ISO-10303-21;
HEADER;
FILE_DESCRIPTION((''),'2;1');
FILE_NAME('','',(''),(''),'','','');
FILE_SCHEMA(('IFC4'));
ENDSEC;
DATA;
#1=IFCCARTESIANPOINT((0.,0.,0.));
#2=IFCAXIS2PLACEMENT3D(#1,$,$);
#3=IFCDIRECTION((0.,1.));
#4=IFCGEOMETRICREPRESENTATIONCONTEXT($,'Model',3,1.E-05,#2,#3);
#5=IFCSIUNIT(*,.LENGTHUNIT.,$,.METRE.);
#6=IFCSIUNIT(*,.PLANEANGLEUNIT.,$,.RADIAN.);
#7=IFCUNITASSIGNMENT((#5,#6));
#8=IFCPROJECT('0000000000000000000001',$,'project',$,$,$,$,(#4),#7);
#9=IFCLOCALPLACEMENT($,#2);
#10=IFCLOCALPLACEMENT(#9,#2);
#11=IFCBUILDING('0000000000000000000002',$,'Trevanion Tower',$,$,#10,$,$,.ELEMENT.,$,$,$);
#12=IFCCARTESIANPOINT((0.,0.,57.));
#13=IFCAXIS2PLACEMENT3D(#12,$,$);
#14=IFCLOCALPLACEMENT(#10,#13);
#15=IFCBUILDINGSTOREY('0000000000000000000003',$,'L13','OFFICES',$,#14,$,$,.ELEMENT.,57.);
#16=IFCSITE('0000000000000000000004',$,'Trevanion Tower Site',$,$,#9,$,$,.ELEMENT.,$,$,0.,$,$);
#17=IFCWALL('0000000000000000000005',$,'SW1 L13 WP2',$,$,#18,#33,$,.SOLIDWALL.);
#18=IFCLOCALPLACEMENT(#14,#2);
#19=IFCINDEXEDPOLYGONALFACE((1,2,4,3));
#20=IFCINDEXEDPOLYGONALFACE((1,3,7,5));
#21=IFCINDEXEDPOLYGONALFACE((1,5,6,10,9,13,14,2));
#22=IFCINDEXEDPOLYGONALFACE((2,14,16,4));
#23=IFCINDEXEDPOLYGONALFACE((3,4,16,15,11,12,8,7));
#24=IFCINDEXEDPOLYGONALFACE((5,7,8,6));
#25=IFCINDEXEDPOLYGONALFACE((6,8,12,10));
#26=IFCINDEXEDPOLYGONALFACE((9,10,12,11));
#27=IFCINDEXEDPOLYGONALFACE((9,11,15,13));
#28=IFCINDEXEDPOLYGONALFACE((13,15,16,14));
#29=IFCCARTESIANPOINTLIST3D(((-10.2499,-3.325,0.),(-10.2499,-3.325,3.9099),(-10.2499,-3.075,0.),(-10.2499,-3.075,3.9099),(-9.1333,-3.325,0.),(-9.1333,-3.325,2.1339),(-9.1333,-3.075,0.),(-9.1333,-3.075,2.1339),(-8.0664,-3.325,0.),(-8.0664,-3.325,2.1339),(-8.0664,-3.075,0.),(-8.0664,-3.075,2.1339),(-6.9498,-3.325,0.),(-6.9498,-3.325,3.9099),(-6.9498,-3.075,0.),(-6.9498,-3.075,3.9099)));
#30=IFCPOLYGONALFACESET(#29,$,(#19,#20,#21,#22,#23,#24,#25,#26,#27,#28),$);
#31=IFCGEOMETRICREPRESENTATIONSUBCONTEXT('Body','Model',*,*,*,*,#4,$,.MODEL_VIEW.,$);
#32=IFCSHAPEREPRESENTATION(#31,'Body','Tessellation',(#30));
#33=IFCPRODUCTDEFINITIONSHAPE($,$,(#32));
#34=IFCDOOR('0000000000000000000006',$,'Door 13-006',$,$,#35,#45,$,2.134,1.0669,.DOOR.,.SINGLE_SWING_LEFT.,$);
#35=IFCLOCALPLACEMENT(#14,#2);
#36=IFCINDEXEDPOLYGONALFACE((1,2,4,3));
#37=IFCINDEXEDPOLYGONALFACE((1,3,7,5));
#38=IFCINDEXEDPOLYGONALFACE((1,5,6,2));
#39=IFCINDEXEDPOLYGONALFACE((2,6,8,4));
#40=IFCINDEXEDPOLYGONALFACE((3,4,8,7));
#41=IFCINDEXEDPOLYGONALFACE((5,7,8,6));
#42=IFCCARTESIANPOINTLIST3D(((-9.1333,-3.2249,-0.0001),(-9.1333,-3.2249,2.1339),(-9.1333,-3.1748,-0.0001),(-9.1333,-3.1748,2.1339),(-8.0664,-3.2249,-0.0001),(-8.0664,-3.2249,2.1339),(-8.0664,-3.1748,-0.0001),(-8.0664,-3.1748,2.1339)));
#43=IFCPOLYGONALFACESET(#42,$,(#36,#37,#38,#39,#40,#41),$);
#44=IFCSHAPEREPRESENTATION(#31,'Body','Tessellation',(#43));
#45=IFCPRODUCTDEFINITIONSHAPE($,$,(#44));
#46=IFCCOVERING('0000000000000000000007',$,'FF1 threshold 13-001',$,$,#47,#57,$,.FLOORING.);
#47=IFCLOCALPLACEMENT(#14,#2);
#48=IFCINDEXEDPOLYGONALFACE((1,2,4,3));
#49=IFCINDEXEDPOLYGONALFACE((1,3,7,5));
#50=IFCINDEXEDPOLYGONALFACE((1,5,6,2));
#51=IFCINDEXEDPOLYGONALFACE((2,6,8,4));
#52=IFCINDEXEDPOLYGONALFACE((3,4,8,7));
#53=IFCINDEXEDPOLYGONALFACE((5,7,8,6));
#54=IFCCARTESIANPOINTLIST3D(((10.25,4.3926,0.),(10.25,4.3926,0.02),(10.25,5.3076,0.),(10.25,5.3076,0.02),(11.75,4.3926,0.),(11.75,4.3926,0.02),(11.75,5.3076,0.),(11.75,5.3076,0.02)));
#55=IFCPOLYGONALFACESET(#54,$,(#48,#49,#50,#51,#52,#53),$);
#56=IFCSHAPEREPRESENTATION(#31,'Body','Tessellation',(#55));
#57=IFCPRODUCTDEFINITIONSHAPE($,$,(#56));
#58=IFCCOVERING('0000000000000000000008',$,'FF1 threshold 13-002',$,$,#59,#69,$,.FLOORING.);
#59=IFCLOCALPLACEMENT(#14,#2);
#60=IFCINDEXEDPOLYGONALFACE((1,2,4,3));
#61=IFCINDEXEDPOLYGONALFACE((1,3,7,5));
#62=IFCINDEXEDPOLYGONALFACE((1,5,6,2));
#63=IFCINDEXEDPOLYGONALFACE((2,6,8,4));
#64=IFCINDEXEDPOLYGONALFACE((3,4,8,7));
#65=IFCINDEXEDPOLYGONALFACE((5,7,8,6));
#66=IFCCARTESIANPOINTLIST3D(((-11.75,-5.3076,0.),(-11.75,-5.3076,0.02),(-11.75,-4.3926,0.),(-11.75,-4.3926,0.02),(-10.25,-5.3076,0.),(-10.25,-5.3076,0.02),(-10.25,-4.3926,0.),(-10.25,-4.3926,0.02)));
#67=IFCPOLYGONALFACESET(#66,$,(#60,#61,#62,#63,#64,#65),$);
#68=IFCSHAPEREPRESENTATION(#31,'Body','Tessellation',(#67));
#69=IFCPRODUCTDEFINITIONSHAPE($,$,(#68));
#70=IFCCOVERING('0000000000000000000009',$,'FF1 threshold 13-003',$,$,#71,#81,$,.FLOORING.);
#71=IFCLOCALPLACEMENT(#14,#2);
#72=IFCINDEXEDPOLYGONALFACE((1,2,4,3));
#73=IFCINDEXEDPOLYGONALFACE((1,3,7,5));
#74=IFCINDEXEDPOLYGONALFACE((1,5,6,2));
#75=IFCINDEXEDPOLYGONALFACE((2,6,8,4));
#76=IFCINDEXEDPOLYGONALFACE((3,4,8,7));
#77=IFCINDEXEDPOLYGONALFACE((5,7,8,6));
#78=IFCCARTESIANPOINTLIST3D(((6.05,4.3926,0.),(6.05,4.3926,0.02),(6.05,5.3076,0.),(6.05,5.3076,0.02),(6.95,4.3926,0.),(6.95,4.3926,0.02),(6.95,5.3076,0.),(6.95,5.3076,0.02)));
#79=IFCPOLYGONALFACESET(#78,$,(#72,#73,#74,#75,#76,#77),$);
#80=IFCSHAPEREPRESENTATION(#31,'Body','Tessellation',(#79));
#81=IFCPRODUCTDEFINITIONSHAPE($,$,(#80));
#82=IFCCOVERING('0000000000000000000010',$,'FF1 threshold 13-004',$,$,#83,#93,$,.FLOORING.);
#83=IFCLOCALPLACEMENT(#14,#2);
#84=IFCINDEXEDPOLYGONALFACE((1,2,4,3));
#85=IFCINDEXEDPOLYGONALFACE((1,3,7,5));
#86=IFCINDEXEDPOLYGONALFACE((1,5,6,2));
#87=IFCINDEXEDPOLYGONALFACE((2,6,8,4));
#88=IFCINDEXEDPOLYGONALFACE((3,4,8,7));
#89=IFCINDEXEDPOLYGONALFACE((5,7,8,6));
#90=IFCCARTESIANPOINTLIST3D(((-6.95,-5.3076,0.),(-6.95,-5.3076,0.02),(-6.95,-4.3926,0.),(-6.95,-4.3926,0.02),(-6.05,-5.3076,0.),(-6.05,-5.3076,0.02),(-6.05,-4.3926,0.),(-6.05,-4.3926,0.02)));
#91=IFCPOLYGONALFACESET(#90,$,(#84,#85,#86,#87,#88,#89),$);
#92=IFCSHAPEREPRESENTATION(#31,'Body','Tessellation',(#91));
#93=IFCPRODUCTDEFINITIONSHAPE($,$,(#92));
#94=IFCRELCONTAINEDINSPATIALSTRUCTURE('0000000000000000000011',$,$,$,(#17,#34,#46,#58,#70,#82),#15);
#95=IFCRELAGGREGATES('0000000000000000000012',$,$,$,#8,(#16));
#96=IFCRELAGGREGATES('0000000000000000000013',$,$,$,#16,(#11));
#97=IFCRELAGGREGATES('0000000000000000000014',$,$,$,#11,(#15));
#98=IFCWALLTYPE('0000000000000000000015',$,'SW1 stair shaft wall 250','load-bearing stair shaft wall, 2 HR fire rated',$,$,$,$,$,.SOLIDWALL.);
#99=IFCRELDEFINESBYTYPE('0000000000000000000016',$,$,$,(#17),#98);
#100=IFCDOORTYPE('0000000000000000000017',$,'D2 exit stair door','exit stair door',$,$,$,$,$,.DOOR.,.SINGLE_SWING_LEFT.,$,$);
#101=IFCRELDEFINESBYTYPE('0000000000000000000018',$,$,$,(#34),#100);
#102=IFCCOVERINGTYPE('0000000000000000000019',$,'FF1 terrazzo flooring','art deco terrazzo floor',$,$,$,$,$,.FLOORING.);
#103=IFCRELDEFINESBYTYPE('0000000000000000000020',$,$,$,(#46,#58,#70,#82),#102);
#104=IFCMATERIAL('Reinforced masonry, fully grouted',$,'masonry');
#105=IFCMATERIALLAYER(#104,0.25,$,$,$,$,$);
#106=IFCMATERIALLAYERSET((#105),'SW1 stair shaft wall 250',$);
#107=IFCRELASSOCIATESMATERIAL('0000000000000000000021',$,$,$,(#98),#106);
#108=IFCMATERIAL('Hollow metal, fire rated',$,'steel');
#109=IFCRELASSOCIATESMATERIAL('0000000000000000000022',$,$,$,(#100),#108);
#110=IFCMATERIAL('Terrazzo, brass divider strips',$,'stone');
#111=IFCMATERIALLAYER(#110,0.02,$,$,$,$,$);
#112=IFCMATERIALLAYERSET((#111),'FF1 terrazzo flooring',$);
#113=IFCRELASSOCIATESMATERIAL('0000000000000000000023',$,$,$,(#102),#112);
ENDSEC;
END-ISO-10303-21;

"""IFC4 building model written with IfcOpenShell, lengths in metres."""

from ifc_helpers import new_model, si_unit, direction, frame, frame_2d, origin, place, context, subcontext, project, spatial, polyline, rectangle, outline, extrude, material, layer, layer_set, type_object, element, fill, save


model = new_model("IFC4")

# Units and contexts
model_context = context("Model", 3, precision=1e-05, world=origin(), true_north=direction((0.0, 1.0)))
body_context = subcontext(model_context, "Body", "Model", "MODEL_VIEW")
ifc_project = project(units=[si_unit("LENGTHUNIT", "METRE"), si_unit("PLANEANGLEUNIT", "RADIAN")], contexts=[model_context])

# Site, building, storey
site_placement = place(None, origin())
site = spatial("IfcSite", under=ifc_project, at=site_placement, Name="Trevanion Tower Site", CompositionType="ELEMENT", RefElevation=0.0)
building_placement = place(site_placement, origin())
building = spatial("IfcBuilding", under=site, at=building_placement, Name="Trevanion Tower", CompositionType="ELEMENT")
storey_placement = place(building_placement, frame((0.0, 0.0, 57.0)))
storey = spatial("IfcBuildingStorey", under=building, at=storey_placement, Name="L13", Description="OFFICES", CompositionType="ELEMENT", Elevation=57.0)

# Wall, opening, door
ifc_material_1 = material(Name="Reinforced masonry, fully grouted", Category="masonry")
ifc_layer_1 = layer(ifc_material_1, 0.25)
ifc_layer_set_1 = layer_set([ifc_layer_1], Name="SW1 stair shaft wall 250")
wall_type_1 = type_object("IfcWallType", Name="SW1 stair shaft wall 250", Description="load-bearing stair shaft wall, 2 HR fire rated", PredefinedType="SOLIDWALL", material=ifc_layer_set_1)
wall_1_placement = place(storey_placement, frame((-6.95, -3.2, 0.0), z_axis=(0.0, 0.0, 1.0), x_axis=(-1.0, 0.0, 0.0)))
wall_1 = element("IfcWall", 1, at=wall_1_placement, inside=storey, type_object=wall_type_1, Name="SW1 L13 WP2", PredefinedType="SOLIDWALL", context=body_context, shape_type="SweptSolid", body=[
    extrude(rectangle(XDim=3.3, YDim=0.25, at=frame_2d((1.6499, 0.0))), origin(), (0.0, 0.0, 1.0), 3.9099),
])
opening_1_placement = place(wall_1_placement, frame((1.1165, 0.0, 0.0)))
opening_1 = element("IfcOpeningElement", 2, at=opening_1_placement, cuts=wall_1, PredefinedType="OPENING", context=body_context, shape_type="SweptSolid", body=[
    extrude(rectangle(XDim=1.0669, YDim=2.134, at=frame_2d((0.5334, 1.0669))), frame((0.0, 0.135, 0.0), z_axis=(0.0, -1.0, 0.0), x_axis=(1.0, 0.0, 0.0)), (0.0, 0.0, 1.0), 0.27),
])
ifc_material_2 = material(Name="Hollow metal, fire rated", Category="steel")
door_type_1 = type_object("IfcDoorType", Name="D2 exit stair door", Description="exit stair door", OperationType="SINGLE_SWING_LEFT", PredefinedType="DOOR", material=ifc_material_2)
door_1_placement = place(opening_1_placement, origin())
door_1 = element("IfcDoor", 3, at=door_1_placement, inside=storey, type_object=door_type_1, Name="Door 13-006", OperationType="SINGLE_SWING_LEFT", OverallHeight=2.134, OverallWidth=1.0669, PredefinedType="DOOR", context=body_context, shape_type="SweptSolid", body=[
    extrude(rectangle(XDim=1.0669, YDim=2.134, at=frame_2d((0.5334, 1.0669))), frame((0.0, 0.0249, 0.0), z_axis=(0.0, -1.0, 0.0), x_axis=(1.0, 0.0, 0.0)), (0.0, 0.0, 1.0), 0.05),
])
fill(opening_1, door_1)

# Coverings
ifc_material_3 = material(Name="Terrazzo, brass divider strips", Category="stone")
ifc_layer_2 = layer(ifc_material_3, 0.02)
ifc_layer_set_2 = layer_set([ifc_layer_2], Name="FF1 terrazzo flooring")
covering_type = type_object("IfcCoveringType", Name="FF1 terrazzo flooring", Description="art deco terrazzo floor", PredefinedType="FLOORING", material=ifc_layer_set_2)
covering_1_placement = place(storey_placement, origin())
element("IfcCovering", 4, at=covering_1_placement, inside=storey, type_object=covering_type, Name="FF1 threshold 13-001", PredefinedType="FLOORING", context=body_context, shape_type="SweptSolid", body=[
    extrude(outline(polyline([(11.75, 4.3926), (11.75, 5.3076), (10.25, 5.3076), (10.25, 4.3926), (11.75, 4.3926)])), origin(), (0.0, 0.0, 1.0), 0.02),
])
covering_2_placement = place(storey_placement, origin())
element("IfcCovering", 5, at=covering_2_placement, inside=storey, type_object=covering_type, Name="FF1 threshold 13-002", PredefinedType="FLOORING", context=body_context, shape_type="SweptSolid", body=[
    extrude(outline(polyline([(-11.75, -4.3926), (-11.75, -5.3076), (-10.25, -5.3076), (-10.25, -4.3926), (-11.75, -4.3926)])), origin(), (0.0, 0.0, 1.0), 0.02),
])
covering_3_placement = place(storey_placement, origin())
element("IfcCovering", 6, at=covering_3_placement, inside=storey, type_object=covering_type, Name="FF1 threshold 13-003", PredefinedType="FLOORING", context=body_context, shape_type="SweptSolid", body=[
    extrude(outline(polyline([(6.95, 4.3926), (6.95, 5.3076), (6.05, 5.3076), (6.05, 4.3926), (6.95, 4.3926)])), origin(), (0.0, 0.0, 1.0), 0.02),
])
covering_4_placement = place(storey_placement, origin())
element("IfcCovering", 7, at=covering_4_placement, inside=storey, type_object=covering_type, Name="FF1 threshold 13-004", PredefinedType="FLOORING", context=body_context, shape_type="SweptSolid", body=[
    extrude(outline(polyline([(-6.95, -4.3926), (-6.95, -5.3076), (-6.05, -5.3076), (-6.05, -4.3926), (-6.95, -4.3926)])), origin(), (0.0, 0.0, 1.0), 0.02),
])

save(model, "model.ifc")
